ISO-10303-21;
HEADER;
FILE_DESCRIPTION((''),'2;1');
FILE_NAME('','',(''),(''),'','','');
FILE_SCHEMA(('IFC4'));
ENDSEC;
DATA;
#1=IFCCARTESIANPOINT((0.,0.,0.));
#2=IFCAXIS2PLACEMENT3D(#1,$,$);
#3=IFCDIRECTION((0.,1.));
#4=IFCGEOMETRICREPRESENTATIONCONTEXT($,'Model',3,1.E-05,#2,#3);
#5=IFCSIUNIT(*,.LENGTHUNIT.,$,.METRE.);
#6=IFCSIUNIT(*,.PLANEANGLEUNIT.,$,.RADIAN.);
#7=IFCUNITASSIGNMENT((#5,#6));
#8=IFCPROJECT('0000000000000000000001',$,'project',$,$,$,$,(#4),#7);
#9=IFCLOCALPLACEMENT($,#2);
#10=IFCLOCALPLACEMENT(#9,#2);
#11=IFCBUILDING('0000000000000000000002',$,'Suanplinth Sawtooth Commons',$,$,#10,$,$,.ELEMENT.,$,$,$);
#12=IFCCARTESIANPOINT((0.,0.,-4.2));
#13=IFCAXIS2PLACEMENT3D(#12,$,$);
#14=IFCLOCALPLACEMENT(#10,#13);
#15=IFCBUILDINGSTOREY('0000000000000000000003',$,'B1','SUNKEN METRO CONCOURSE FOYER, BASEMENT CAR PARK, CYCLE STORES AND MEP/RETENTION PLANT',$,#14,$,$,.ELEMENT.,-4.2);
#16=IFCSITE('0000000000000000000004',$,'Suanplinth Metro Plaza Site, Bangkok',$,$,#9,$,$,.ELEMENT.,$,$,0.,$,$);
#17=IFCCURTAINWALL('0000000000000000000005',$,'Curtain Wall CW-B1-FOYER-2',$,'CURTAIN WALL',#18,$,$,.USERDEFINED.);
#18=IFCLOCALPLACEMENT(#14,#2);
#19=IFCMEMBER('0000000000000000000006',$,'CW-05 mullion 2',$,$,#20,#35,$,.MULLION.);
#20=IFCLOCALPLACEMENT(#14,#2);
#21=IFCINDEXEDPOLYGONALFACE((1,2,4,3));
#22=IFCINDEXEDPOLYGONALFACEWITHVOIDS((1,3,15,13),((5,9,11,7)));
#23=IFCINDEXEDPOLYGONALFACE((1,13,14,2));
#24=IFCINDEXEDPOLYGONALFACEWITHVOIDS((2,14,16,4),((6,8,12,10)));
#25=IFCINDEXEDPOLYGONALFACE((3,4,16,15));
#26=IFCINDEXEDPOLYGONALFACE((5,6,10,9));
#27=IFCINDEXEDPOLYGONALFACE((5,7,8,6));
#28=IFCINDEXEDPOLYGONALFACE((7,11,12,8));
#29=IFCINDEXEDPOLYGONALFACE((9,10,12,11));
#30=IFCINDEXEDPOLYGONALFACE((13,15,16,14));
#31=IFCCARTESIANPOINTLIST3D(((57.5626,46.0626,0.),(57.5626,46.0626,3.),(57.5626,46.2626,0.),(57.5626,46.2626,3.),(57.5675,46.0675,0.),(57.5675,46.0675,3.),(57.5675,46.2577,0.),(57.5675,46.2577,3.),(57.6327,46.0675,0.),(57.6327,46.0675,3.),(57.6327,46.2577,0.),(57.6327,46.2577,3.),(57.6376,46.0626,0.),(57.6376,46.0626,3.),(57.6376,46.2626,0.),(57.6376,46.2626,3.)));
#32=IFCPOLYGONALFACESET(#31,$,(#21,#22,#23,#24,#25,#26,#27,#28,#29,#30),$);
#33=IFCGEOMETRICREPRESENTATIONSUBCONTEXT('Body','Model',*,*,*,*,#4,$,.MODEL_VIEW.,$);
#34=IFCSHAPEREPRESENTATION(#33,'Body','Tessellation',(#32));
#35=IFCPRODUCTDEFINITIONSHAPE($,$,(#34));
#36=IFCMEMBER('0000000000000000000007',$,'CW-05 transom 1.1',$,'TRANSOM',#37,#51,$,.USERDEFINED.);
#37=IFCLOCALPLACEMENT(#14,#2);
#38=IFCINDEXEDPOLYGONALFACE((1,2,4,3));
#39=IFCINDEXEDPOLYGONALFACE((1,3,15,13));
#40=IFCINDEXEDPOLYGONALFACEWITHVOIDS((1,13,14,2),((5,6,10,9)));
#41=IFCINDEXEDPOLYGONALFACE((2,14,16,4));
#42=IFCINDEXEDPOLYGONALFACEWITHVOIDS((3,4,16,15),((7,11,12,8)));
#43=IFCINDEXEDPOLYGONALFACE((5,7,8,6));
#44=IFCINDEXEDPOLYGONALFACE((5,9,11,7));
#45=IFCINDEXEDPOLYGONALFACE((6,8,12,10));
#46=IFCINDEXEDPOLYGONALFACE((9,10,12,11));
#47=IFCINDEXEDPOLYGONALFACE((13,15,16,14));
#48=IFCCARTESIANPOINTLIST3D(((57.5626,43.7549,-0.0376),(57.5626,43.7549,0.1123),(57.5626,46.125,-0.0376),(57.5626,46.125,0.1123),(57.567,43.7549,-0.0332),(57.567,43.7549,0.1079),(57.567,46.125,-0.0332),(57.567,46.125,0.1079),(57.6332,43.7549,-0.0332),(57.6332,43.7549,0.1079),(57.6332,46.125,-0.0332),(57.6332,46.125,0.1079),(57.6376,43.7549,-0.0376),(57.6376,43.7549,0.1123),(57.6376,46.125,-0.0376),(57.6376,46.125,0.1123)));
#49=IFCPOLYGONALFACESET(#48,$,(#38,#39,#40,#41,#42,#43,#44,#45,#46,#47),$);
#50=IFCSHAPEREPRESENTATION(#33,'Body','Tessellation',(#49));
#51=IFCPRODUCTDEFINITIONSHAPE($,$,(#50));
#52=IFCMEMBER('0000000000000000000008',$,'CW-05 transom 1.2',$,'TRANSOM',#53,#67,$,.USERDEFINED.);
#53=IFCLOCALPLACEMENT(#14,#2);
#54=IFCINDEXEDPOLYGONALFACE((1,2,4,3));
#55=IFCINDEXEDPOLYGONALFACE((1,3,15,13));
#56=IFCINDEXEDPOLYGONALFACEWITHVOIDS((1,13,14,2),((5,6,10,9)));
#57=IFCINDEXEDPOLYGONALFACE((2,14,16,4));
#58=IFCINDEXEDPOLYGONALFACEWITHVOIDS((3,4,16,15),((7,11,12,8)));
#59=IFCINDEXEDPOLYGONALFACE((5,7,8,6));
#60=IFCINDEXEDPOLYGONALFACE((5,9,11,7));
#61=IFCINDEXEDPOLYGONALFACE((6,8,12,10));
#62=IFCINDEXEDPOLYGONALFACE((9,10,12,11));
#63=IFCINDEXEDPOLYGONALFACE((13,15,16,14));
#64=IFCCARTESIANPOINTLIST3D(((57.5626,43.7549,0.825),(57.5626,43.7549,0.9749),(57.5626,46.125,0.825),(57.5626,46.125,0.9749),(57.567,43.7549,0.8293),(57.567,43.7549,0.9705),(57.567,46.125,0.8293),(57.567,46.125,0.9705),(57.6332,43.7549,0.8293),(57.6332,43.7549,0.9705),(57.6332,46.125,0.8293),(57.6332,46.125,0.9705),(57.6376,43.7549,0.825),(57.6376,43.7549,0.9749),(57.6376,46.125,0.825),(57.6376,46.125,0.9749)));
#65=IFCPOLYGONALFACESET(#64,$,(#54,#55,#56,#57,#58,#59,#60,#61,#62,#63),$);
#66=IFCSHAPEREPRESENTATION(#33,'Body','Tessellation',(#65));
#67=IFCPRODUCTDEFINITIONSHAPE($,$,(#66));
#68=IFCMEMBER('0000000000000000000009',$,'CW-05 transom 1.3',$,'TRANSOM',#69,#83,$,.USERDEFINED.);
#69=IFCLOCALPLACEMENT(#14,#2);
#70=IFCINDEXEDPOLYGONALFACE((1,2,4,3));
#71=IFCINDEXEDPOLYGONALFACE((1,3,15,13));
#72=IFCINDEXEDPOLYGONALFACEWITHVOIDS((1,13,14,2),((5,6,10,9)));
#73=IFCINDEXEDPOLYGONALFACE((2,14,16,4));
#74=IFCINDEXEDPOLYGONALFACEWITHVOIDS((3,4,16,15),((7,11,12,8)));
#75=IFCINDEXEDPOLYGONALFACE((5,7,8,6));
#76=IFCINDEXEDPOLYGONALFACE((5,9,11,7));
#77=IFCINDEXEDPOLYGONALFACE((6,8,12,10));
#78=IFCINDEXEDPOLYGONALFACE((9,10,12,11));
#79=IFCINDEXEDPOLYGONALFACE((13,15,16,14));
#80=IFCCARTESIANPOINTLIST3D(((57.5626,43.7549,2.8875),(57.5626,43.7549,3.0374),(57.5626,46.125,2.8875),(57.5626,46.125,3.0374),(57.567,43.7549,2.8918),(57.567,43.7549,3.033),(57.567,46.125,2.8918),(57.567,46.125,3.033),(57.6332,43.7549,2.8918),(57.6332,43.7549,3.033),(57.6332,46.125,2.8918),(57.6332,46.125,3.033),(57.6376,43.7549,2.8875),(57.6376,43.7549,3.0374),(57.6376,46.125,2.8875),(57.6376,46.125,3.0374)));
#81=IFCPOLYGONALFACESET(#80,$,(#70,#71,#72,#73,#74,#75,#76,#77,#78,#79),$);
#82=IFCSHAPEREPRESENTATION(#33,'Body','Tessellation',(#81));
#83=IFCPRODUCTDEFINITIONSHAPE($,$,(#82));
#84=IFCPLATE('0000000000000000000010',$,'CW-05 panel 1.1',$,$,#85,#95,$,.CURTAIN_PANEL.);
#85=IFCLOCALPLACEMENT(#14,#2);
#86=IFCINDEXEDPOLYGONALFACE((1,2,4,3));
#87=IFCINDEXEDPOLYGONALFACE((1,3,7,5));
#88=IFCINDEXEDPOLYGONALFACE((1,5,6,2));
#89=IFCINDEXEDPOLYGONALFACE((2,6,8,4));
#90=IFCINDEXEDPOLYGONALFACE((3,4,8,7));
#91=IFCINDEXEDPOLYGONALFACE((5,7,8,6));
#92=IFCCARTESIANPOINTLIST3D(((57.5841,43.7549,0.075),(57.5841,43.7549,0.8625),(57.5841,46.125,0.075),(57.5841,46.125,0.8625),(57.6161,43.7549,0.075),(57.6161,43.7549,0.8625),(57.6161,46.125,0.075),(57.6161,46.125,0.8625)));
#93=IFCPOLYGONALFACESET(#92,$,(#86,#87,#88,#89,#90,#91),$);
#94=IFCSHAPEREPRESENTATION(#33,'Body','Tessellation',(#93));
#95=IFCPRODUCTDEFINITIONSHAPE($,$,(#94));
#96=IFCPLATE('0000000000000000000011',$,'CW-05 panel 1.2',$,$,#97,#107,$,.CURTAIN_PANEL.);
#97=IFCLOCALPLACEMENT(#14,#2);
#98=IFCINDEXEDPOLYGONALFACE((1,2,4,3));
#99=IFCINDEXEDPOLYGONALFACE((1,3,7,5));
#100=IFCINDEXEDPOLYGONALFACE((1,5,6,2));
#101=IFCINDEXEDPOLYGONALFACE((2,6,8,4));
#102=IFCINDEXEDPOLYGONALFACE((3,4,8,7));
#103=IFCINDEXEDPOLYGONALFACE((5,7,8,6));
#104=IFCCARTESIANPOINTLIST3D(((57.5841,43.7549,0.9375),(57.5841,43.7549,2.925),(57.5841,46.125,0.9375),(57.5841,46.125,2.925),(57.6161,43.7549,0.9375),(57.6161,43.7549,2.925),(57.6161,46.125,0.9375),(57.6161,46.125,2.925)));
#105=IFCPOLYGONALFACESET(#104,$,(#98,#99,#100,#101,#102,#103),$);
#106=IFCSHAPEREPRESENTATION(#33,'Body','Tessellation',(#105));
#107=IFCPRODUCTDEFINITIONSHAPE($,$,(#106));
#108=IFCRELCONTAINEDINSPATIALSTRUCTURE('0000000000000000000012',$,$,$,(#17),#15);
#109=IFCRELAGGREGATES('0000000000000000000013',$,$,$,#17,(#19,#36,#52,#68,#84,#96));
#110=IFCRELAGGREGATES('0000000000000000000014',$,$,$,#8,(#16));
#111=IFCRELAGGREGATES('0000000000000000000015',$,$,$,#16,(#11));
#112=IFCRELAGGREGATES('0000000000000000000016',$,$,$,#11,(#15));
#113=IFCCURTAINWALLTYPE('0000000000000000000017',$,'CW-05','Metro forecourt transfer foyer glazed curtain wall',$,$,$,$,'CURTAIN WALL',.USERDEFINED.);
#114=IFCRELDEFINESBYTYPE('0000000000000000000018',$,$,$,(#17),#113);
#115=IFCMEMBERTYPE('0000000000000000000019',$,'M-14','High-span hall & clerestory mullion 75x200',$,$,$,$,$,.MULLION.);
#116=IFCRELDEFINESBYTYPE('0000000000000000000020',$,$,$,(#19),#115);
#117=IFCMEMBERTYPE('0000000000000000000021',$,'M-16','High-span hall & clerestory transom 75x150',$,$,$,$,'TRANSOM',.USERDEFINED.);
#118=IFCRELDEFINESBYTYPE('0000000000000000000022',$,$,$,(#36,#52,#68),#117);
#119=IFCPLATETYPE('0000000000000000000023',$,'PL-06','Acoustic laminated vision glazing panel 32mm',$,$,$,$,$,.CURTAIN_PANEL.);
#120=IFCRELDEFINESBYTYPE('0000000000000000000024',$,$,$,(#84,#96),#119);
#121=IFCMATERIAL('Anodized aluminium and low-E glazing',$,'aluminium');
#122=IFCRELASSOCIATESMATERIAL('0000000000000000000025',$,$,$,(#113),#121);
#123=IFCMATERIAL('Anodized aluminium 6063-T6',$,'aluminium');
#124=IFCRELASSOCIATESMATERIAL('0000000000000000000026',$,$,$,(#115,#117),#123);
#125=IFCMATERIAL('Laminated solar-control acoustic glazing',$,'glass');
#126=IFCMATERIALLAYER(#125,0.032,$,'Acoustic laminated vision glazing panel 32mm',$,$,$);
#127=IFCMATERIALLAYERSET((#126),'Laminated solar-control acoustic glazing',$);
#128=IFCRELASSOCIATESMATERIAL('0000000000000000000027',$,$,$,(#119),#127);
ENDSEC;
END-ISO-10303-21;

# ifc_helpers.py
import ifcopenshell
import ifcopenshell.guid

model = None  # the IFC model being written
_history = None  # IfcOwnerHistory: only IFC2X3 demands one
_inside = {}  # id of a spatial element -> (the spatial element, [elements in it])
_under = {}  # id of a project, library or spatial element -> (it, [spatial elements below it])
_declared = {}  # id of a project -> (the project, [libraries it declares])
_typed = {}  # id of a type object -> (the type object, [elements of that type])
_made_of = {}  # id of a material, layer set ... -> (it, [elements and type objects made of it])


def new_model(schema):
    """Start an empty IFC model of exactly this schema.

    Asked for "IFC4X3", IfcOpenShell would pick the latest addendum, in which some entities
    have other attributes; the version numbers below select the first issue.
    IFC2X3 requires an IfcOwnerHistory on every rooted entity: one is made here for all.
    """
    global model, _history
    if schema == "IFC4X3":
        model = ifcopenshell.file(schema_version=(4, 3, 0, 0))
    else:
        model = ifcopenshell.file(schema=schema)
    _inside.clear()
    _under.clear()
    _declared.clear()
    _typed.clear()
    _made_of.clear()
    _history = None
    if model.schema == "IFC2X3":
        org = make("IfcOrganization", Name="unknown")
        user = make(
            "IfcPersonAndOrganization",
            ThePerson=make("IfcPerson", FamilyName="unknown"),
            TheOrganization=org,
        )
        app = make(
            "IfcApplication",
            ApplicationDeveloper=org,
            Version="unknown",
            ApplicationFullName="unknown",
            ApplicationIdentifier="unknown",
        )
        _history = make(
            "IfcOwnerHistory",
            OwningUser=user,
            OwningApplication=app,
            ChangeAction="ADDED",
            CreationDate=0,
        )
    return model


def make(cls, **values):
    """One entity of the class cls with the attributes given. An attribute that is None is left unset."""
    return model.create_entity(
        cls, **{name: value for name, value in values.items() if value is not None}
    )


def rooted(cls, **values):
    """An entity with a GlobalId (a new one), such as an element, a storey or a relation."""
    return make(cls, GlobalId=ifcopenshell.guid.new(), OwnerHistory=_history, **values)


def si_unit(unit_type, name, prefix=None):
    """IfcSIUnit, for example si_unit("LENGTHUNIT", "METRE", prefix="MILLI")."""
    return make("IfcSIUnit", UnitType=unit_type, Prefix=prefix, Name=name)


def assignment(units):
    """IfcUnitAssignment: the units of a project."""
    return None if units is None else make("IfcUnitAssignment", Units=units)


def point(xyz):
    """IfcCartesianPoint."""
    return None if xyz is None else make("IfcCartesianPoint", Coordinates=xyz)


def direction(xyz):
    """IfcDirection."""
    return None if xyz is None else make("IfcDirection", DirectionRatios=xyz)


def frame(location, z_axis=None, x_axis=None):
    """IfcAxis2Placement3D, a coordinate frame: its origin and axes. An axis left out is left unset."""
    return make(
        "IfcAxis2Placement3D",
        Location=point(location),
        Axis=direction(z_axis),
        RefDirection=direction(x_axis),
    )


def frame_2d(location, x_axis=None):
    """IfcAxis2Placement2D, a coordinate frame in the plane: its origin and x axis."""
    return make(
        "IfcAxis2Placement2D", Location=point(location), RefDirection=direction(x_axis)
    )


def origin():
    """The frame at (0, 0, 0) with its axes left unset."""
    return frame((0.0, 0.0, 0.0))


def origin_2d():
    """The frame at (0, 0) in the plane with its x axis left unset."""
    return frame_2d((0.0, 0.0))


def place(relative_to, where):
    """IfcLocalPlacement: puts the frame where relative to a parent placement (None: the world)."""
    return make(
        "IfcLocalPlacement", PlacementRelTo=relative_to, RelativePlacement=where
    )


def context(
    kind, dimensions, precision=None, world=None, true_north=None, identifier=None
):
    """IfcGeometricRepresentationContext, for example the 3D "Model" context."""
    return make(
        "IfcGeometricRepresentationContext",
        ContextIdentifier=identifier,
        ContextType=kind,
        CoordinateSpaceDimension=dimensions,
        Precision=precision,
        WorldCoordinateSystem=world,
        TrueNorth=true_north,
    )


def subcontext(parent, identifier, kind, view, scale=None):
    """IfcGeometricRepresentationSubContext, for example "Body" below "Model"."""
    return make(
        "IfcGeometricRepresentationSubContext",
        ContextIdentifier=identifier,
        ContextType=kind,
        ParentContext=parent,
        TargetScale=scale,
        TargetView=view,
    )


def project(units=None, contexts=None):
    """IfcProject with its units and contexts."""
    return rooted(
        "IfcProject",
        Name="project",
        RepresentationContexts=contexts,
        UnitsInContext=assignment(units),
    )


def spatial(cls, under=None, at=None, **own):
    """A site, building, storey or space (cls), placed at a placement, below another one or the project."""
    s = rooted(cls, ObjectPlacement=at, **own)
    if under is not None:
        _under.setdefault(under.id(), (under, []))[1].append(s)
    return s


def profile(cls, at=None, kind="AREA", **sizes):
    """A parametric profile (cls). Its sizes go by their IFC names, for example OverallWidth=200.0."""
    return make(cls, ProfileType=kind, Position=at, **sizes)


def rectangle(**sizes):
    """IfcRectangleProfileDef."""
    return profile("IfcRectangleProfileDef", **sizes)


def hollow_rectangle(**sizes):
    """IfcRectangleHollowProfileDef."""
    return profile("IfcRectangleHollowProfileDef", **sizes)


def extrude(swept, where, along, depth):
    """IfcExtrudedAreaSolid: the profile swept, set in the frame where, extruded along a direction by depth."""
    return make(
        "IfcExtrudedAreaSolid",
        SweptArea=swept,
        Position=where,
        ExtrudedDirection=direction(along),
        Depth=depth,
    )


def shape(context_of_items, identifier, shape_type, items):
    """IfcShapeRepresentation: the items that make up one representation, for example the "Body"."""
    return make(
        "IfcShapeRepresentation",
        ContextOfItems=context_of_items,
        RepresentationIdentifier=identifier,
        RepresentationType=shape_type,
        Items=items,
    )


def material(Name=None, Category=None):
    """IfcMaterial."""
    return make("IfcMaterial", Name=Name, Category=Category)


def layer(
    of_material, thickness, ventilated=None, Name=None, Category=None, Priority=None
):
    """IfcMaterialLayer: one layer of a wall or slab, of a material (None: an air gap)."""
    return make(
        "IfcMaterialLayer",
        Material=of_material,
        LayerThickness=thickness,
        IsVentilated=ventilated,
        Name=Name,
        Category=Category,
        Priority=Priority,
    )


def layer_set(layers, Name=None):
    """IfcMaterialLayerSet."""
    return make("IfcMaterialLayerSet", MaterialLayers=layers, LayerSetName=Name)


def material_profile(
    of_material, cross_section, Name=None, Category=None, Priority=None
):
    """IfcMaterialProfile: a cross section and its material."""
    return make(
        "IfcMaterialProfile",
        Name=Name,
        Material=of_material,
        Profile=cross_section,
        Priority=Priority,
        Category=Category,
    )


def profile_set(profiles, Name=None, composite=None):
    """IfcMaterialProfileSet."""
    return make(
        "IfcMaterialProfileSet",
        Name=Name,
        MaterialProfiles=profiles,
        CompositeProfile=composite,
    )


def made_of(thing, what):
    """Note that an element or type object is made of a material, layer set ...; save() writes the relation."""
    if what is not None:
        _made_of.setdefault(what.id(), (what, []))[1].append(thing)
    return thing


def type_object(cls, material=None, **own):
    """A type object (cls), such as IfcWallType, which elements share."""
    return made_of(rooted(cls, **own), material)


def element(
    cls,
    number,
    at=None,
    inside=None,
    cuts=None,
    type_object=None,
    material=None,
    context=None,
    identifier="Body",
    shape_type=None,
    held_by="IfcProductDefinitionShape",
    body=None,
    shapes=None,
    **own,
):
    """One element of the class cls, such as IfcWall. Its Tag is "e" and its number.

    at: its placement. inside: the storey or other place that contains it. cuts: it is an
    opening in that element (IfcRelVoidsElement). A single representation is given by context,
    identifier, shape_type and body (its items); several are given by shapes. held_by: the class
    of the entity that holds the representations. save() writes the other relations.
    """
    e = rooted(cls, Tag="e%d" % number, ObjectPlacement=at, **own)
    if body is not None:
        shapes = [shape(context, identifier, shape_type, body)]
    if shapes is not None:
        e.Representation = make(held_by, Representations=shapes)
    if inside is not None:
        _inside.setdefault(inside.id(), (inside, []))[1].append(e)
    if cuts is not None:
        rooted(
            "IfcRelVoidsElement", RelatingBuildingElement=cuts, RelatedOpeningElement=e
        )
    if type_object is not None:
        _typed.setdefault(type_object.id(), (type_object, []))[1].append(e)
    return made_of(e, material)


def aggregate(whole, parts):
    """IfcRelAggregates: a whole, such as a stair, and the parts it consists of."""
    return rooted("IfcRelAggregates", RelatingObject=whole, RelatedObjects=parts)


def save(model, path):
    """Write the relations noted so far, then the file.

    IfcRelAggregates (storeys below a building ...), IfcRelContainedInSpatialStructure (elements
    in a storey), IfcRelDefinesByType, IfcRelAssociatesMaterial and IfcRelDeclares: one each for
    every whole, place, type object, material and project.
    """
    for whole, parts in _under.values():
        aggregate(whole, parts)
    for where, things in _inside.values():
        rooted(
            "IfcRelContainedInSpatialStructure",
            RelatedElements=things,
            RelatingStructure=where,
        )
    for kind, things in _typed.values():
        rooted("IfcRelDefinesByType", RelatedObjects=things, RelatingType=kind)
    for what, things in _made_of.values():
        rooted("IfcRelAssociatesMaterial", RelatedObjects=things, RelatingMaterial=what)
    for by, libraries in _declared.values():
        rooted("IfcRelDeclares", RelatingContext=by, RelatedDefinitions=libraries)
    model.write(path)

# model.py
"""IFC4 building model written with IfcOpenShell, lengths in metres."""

from ifc_helpers import new_model, si_unit, direction, frame, origin, origin_2d, place, context, subcontext, project, spatial, rectangle, hollow_rectangle, extrude, material, layer, layer_set, material_profile, profile_set, type_object, element, aggregate, save


model = new_model("IFC4")

# Units and contexts
model_context = context("Model", 3, precision=1e-05, world=origin(), true_north=direction((0.0, 1.0)))
body_context = subcontext(model_context, "Body", "Model", "MODEL_VIEW")
ifc_project = project(units=[si_unit("LENGTHUNIT", "METRE"), si_unit("PLANEANGLEUNIT", "RADIAN")], contexts=[model_context])

# Site, building, storey
site_placement = place(None, origin())
site = spatial("IfcSite", under=ifc_project, at=site_placement, Name="Suanplinth Metro Plaza Site, Bangkok", CompositionType="ELEMENT", RefElevation=0.0)
building_placement = place(site_placement, origin())
building = spatial("IfcBuilding", under=site, at=building_placement, Name="Suanplinth Sawtooth Commons", CompositionType="ELEMENT")
storey_placement = place(building_placement, frame((0.0, 0.0, -4.2)))
storey = spatial("IfcBuildingStorey", under=building, at=storey_placement, Name="B1", Description="SUNKEN METRO CONCOURSE FOYER, BASEMENT CAR PARK, CYCLE STORES AND MEP/RETENTION PLANT", CompositionType="ELEMENT", Elevation=-4.2)

# Shared definitions
ifc_material_1 = material(Name="Anodized aluminium and low-E glazing", Category="aluminium")
curtain_wall_type = type_object("IfcCurtainWallType", Name="CW-05", Description="Metro forecourt transfer foyer glazed curtain wall", ElementType="CURTAIN WALL", PredefinedType="USERDEFINED", material=ifc_material_1)
ifc_material_2 = material(Name="Anodized aluminium 6063-T6", Category="aluminium")
ifc_material_profile_1 = material_profile(ifc_material_2, hollow_rectangle(XDim=0.075, YDim=0.2, WallThickness=0.0049, at=origin_2d()), Name="ALU-MUL 75x200")
ifc_profile_set_1 = profile_set([ifc_material_profile_1], Name="Anodized aluminium 6063-T6")
member_type_1 = type_object("IfcMemberType", Name="M-14", Description="High-span hall & clerestory mullion 75x200", PredefinedType="MULLION", material=ifc_profile_set_1)

# Curtain wall, members, plates
curtain_wall_1_placement = place(storey_placement, origin())
curtain_wall_1 = element("IfcCurtainWall", 1, at=curtain_wall_1_placement, inside=storey, type_object=curtain_wall_type, Name="Curtain Wall CW-B1-FOYER-2", ObjectType="CURTAIN WALL", PredefinedType="USERDEFINED")
member_1_placement = place(storey_placement, frame((57.6001, 46.1626, 0.0), z_axis=(0.0, 0.0, 1.0), x_axis=(-1.0, 0.0, 0.0)))
member_1 = element("IfcMember", 2, at=member_1_placement, type_object=member_type_1, Name="CW-05 mullion 2", PredefinedType="MULLION", context=body_context, shape_type="SweptSolid", body=[
    extrude(hollow_rectangle(XDim=0.075, YDim=0.2, WallThickness=0.0049, at=origin_2d()), origin(), (0.0, 0.0, 1.0), 3.0),
])
ifc_material_profile_2 = material_profile(ifc_material_2, hollow_rectangle(XDim=0.075, YDim=0.1499, WallThickness=0.0044, at=origin_2d()), Name="ALU-TRN 75x150")
ifc_profile_set_2 = profile_set([ifc_material_profile_2], Name="Anodized aluminium 6063-T6")
member_type_2 = type_object("IfcMemberType", Name="M-16", Description="High-span hall & clerestory transom 75x150", ElementType="TRANSOM", PredefinedType="USERDEFINED", material=ifc_profile_set_2)
member_2_placement = place(storey_placement, frame((57.6001, 43.7549, 0.0374), z_axis=(0.0, 1.0, 0.0), x_axis=(-1.0, 0.0, 0.0)))
member_2 = element("IfcMember", 3, at=member_2_placement, type_object=member_type_2, Name="CW-05 transom 1.1", ObjectType="TRANSOM", PredefinedType="USERDEFINED", context=body_context, shape_type="SweptSolid", body=[
    extrude(hollow_rectangle(XDim=0.075, YDim=0.1499, WallThickness=0.0044, at=origin_2d()), origin(), (0.0, 0.0, 1.0), 2.3701),
])
member_3_placement = place(storey_placement, frame((57.6001, 43.7549, 0.8999), z_axis=(0.0, 1.0, 0.0), x_axis=(-1.0, 0.0, 0.0)))
member_3 = element("IfcMember", 4, at=member_3_placement, type_object=member_type_2, Name="CW-05 transom 1.2", ObjectType="TRANSOM", PredefinedType="USERDEFINED", context=body_context, shape_type="SweptSolid", body=[
    extrude(hollow_rectangle(XDim=0.075, YDim=0.1499, WallThickness=0.0044, at=origin_2d()), origin(), (0.0, 0.0, 1.0), 2.3701),
])
member_4_placement = place(storey_placement, frame((57.6001, 43.7549, 2.9624), z_axis=(0.0, 1.0, 0.0), x_axis=(-1.0, 0.0, 0.0)))
member_4 = element("IfcMember", 5, at=member_4_placement, type_object=member_type_2, Name="CW-05 transom 1.3", ObjectType="TRANSOM", PredefinedType="USERDEFINED", context=body_context, shape_type="SweptSolid", body=[
    extrude(hollow_rectangle(XDim=0.075, YDim=0.1499, WallThickness=0.0044, at=origin_2d()), origin(), (0.0, 0.0, 1.0), 2.3701),
])
ifc_material_3 = material(Name="Laminated solar-control acoustic glazing", Category="glass")
ifc_layer = layer(ifc_material_3, 0.032, Name="Acoustic laminated vision glazing panel 32mm")
ifc_layer_set = layer_set([ifc_layer], Name="Laminated solar-control acoustic glazing")
plate_type = type_object("IfcPlateType", Name="PL-06", Description="Acoustic laminated vision glazing panel 32mm", PredefinedType="CURTAIN_PANEL", material=ifc_layer_set)
plate_1_placement = place(storey_placement, frame((57.6001, 44.9399, 0.075), z_axis=(0.0, 0.0, 1.0), x_axis=(0.0, 1.0, 0.0)))
plate_1 = element("IfcPlate", 6, at=plate_1_placement, type_object=plate_type, Name="CW-05 panel 1.1", PredefinedType="CURTAIN_PANEL", context=body_context, shape_type="SweptSolid", body=[
    extrude(rectangle(XDim=2.3701, YDim=0.032, at=origin_2d()), origin(), (0.0, 0.0, 1.0), 0.7876),
])
plate_2_placement = place(storey_placement, frame((57.6001, 44.9399, 0.9375), z_axis=(0.0, 0.0, 1.0), x_axis=(0.0, 1.0, 0.0)))
plate_2 = element("IfcPlate", 7, at=plate_2_placement, type_object=plate_type, Name="CW-05 panel 1.2", PredefinedType="CURTAIN_PANEL", context=body_context, shape_type="SweptSolid", body=[
    extrude(rectangle(XDim=2.3701, YDim=0.032, at=origin_2d()), origin(), (0.0, 0.0, 1.0), 1.9875),
])
aggregate(curtain_wall_1, [member_1, member_2, member_3, member_4, plate_1, plate_2])

save(model, "model.ifc")
